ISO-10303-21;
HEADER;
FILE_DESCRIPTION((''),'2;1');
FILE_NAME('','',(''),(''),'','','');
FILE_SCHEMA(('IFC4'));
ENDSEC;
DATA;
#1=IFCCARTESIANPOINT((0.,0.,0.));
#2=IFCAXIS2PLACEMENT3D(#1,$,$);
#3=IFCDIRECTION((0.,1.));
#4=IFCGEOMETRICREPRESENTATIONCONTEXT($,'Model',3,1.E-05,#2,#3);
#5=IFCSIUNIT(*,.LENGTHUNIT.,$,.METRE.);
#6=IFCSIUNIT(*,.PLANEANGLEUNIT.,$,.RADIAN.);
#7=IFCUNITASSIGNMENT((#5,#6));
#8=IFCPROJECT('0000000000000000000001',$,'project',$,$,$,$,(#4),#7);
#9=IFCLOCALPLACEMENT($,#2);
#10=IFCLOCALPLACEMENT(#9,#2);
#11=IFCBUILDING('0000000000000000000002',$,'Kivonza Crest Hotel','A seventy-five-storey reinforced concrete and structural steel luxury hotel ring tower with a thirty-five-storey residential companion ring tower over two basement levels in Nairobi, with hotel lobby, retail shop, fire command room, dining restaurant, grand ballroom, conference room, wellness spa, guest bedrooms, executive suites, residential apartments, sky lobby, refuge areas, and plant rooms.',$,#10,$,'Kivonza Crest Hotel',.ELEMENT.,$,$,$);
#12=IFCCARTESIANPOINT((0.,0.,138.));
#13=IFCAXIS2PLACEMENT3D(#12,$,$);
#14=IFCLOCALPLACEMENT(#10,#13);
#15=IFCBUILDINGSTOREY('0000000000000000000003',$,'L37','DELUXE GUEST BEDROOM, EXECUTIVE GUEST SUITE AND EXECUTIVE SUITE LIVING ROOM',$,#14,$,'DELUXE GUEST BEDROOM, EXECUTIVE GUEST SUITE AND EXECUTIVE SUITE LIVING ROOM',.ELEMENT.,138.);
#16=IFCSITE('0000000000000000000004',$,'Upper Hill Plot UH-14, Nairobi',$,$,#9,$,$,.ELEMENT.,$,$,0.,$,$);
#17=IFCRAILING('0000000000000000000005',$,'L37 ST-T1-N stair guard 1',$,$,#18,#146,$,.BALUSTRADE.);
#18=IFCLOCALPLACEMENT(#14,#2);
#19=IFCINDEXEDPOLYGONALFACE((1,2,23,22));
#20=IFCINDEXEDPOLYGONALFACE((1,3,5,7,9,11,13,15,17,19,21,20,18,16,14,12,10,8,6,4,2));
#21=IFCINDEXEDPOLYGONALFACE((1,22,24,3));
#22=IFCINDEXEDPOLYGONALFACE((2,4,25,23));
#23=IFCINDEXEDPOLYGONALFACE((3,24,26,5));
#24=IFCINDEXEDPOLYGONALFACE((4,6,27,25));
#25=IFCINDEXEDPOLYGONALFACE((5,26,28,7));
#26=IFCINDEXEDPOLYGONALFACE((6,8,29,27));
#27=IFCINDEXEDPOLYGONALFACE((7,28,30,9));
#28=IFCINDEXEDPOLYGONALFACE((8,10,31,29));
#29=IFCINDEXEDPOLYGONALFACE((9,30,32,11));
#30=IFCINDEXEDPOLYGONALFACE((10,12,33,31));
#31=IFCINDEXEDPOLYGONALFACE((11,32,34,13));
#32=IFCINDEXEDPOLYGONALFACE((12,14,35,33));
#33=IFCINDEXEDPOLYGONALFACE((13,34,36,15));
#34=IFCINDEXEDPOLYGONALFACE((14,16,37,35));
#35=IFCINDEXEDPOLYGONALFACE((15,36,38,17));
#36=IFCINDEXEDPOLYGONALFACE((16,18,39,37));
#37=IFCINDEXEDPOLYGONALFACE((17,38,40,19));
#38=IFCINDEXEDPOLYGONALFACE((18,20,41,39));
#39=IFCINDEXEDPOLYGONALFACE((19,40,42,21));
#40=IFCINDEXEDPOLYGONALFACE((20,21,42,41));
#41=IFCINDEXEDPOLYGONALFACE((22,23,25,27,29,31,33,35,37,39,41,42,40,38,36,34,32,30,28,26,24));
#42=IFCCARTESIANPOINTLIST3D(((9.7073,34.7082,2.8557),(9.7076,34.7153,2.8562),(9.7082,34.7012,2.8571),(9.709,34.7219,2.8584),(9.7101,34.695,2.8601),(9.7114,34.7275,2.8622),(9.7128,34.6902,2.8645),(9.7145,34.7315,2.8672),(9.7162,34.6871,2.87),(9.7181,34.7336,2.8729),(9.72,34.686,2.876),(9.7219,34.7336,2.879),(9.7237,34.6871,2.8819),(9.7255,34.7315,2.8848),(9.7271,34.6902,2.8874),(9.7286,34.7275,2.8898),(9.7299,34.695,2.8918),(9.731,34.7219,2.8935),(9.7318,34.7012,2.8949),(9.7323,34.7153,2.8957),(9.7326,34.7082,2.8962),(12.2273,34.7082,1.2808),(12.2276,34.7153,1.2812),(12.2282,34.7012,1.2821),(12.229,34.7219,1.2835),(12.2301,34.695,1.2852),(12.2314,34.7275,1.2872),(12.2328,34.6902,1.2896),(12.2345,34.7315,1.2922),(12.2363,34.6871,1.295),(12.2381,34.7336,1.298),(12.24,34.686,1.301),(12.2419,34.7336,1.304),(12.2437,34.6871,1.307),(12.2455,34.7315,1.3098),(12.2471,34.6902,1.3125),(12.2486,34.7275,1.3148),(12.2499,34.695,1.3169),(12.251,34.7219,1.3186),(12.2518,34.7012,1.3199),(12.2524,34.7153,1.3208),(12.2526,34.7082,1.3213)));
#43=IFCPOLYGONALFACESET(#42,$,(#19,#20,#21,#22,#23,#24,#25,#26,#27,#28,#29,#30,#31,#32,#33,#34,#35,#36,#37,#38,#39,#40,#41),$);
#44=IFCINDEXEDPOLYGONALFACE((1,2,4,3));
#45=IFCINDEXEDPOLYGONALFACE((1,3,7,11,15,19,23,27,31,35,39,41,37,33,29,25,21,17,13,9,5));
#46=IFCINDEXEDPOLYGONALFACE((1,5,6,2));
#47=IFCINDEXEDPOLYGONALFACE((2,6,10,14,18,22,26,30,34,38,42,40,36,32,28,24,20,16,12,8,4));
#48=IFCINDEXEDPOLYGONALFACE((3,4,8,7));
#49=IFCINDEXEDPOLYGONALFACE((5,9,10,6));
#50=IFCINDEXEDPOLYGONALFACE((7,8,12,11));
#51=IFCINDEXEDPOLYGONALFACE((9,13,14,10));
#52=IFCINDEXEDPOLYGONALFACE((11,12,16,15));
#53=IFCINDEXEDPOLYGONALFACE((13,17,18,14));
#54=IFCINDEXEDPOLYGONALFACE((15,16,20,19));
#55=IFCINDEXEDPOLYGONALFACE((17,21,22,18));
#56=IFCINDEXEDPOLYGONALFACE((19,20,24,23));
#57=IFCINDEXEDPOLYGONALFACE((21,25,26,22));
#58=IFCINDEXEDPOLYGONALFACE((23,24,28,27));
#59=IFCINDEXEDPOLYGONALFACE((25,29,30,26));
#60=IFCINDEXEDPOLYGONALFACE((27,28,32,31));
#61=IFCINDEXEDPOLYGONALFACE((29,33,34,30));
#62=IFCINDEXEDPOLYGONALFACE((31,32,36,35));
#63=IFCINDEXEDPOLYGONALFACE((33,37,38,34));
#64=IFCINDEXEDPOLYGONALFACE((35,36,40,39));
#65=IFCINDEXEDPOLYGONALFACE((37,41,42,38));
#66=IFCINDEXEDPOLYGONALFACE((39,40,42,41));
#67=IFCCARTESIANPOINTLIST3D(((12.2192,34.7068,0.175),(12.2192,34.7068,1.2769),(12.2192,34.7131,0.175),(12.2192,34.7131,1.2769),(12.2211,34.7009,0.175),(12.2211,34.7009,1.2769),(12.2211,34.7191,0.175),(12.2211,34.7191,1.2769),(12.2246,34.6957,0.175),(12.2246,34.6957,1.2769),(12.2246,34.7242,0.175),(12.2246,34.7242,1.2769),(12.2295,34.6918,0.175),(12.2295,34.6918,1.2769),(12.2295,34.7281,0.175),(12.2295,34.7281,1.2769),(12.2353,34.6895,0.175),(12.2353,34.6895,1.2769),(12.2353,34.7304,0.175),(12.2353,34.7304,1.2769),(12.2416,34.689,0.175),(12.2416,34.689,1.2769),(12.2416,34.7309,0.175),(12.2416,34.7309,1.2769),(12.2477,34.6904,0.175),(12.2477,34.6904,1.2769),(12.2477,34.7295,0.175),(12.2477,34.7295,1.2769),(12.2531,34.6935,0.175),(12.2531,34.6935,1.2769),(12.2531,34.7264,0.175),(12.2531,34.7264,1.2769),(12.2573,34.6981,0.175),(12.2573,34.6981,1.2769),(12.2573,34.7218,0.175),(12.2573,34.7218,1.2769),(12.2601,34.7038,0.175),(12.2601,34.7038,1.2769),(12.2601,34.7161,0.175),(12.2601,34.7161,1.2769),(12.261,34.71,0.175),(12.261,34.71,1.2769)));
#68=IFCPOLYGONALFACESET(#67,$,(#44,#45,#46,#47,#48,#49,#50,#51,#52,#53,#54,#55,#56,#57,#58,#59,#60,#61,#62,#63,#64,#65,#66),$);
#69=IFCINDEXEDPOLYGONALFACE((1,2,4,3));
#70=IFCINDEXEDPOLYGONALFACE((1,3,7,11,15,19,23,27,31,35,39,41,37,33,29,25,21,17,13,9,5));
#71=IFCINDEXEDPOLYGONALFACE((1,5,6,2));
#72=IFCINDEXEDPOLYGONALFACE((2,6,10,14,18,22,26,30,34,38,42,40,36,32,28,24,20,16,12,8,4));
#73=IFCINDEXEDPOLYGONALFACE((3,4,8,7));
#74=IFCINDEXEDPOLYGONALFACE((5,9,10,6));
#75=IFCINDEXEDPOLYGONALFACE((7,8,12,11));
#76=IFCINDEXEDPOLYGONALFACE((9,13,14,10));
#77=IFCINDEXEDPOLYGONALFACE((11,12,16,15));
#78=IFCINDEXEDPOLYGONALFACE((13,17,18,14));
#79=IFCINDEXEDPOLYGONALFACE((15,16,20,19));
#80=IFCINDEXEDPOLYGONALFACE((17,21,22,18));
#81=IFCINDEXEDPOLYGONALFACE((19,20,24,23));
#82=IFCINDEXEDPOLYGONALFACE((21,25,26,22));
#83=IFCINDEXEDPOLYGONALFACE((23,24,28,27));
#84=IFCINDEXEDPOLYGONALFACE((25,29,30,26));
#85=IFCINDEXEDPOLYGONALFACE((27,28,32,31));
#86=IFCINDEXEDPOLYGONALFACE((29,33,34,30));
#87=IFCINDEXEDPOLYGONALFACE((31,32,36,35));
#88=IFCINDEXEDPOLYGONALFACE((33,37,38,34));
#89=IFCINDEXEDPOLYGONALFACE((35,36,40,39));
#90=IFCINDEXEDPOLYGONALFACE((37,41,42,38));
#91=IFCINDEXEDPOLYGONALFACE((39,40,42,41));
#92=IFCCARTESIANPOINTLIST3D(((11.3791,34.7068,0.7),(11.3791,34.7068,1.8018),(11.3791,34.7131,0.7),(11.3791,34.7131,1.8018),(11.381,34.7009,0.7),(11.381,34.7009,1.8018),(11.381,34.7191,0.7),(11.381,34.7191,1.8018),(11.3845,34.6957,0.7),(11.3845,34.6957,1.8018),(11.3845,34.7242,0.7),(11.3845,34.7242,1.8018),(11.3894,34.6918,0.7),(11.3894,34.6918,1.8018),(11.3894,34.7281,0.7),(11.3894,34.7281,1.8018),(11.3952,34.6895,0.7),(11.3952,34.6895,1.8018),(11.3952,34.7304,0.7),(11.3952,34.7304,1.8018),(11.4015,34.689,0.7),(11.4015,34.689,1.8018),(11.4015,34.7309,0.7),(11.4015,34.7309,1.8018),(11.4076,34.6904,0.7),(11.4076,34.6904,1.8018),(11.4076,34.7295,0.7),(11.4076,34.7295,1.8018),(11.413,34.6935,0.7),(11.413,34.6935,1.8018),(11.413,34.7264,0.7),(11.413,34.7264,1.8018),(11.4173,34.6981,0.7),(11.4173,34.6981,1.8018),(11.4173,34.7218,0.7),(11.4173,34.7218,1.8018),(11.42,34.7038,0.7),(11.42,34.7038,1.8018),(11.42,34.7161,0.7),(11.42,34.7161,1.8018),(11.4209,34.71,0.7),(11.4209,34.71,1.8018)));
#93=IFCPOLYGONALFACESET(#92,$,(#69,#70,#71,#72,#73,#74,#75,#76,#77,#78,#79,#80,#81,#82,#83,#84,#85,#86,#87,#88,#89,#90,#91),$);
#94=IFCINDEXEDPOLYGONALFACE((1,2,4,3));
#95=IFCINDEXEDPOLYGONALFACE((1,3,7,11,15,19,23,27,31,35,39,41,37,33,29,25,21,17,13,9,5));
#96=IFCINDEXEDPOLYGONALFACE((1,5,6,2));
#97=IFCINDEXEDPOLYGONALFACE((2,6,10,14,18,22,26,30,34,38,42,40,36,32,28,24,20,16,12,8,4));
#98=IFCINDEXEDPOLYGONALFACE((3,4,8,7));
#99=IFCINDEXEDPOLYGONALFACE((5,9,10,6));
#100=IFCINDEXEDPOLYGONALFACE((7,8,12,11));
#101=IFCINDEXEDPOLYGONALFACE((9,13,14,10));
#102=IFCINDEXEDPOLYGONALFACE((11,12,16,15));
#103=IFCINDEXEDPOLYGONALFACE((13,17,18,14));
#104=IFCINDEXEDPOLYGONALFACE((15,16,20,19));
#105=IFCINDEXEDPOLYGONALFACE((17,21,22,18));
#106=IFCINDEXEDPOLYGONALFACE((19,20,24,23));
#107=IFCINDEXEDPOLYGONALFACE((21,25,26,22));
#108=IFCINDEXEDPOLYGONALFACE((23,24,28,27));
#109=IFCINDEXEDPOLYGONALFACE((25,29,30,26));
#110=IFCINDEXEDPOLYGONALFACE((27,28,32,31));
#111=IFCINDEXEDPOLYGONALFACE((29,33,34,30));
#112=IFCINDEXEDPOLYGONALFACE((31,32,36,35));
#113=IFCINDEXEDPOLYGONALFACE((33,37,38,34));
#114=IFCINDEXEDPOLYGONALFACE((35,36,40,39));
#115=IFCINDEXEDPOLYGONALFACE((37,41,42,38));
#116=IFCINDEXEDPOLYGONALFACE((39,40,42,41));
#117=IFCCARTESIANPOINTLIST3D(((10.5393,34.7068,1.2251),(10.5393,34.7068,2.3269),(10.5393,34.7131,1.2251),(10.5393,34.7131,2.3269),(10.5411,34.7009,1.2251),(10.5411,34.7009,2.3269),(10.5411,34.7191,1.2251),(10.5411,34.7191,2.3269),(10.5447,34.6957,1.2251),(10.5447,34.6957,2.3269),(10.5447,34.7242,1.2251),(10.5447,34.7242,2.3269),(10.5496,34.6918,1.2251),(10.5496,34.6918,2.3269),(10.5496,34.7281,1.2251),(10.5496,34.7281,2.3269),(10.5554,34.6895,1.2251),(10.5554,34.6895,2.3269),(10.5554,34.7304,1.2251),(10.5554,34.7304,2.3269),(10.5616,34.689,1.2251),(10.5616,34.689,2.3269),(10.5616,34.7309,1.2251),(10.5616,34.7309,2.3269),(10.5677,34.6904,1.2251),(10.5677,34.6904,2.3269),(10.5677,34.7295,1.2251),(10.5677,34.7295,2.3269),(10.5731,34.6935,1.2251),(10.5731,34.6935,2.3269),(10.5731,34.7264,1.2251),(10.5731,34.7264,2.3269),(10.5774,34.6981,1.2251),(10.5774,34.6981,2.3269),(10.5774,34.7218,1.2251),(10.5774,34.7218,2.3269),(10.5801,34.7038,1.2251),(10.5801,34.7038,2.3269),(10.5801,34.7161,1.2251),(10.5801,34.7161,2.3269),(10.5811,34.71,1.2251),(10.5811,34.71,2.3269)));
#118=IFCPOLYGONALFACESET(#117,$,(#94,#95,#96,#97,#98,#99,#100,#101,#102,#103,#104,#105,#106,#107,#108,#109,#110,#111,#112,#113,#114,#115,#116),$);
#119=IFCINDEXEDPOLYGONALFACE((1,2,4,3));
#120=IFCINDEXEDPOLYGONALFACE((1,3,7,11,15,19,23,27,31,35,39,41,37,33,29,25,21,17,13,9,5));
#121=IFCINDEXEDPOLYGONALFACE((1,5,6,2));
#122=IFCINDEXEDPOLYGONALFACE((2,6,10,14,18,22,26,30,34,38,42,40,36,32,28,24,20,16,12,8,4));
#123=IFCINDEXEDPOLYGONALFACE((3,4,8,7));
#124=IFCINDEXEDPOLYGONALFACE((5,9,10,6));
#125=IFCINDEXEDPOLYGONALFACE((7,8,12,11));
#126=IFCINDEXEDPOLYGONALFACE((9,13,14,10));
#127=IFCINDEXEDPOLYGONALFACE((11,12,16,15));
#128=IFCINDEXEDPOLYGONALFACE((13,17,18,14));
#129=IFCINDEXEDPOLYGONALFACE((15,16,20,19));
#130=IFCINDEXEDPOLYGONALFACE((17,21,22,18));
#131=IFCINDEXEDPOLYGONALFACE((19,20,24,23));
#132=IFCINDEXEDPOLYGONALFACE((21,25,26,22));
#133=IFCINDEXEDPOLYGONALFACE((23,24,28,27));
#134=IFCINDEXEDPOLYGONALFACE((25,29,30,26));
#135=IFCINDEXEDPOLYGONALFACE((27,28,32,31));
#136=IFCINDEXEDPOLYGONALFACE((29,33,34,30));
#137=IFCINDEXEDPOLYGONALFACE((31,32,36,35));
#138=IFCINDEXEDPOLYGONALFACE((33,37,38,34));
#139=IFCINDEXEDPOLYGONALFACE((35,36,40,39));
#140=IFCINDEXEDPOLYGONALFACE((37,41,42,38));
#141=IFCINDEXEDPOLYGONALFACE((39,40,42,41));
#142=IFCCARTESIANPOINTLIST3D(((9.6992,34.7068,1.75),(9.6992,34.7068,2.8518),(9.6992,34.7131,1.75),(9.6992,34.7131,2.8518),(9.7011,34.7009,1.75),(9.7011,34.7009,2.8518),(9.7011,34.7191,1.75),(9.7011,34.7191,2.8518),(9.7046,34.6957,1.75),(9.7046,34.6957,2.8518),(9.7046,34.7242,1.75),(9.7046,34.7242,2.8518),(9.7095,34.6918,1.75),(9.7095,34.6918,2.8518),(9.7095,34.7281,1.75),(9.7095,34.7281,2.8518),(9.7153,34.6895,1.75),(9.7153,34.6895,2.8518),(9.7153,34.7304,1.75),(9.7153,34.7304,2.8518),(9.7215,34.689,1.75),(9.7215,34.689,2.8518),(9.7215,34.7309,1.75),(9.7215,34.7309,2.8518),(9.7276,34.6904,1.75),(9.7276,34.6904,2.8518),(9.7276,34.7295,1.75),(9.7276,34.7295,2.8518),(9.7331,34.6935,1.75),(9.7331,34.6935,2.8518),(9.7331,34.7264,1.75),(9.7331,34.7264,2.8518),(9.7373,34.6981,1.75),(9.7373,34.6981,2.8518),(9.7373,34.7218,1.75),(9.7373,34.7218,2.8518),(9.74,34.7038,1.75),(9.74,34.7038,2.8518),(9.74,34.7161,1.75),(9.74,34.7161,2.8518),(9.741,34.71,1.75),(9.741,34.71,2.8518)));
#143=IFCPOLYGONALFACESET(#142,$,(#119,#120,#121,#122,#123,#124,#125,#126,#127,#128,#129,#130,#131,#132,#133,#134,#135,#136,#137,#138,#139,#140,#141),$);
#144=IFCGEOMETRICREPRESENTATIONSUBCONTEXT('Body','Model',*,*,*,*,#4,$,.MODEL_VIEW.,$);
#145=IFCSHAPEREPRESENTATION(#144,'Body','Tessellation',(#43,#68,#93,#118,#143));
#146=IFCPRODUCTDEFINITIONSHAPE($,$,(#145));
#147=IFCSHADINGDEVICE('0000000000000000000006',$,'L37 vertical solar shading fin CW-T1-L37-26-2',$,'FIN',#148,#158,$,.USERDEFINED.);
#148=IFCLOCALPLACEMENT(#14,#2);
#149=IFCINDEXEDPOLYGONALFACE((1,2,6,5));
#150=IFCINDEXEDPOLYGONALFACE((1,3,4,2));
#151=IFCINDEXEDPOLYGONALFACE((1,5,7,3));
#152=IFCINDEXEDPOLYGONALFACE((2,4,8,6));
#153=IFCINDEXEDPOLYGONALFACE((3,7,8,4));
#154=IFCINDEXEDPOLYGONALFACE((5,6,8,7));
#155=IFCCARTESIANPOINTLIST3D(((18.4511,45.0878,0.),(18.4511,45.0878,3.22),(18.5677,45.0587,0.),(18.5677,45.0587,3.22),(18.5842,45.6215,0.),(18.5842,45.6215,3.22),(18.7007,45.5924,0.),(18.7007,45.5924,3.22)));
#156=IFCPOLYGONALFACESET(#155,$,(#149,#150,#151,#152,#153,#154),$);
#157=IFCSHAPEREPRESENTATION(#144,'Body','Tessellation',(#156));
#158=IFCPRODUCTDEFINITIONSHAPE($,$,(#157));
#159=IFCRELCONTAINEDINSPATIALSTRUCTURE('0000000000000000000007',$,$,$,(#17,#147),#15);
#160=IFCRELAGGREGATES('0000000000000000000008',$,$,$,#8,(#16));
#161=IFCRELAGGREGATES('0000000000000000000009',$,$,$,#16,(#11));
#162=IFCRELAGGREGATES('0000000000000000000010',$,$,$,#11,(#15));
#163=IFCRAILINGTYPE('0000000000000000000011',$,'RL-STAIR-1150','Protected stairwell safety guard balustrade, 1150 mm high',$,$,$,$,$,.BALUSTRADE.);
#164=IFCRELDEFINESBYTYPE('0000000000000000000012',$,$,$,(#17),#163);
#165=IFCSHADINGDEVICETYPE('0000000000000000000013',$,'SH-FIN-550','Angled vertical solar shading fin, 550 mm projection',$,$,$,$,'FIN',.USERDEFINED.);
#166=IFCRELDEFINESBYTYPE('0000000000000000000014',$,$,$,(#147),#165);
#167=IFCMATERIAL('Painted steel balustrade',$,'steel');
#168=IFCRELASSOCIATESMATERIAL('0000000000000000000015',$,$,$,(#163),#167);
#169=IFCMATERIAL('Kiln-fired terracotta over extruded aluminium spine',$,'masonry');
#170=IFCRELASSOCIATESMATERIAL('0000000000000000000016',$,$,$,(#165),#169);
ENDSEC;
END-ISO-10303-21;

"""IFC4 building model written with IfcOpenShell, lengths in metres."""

from ifc_helpers import new_model, si_unit, direction, frame, origin, origin_2d, place, context, subcontext, project, spatial, rectangle, circle, extrude, material, type_object, element, save


model = new_model("IFC4")

# Units and contexts
model_context = context("Model", 3, precision=1e-05, world=origin(), true_north=direction((0.0, 1.0)))
body_context = subcontext(model_context, "Body", "Model", "MODEL_VIEW")
ifc_project = project(units=[si_unit("LENGTHUNIT", "METRE"), si_unit("PLANEANGLEUNIT", "RADIAN")], contexts=[model_context])

# Site, building, storey
site_placement = place(None, origin())
site = spatial("IfcSite", under=ifc_project, at=site_placement, Name="Upper Hill Plot UH-14, Nairobi", CompositionType="ELEMENT", RefElevation=0.0)
building_placement = place(site_placement, origin())
building = spatial("IfcBuilding", under=site, at=building_placement, Name="Kivonza Crest Hotel", Description="A seventy-five-storey reinforced concrete and structural steel luxury hotel ring tower with a thirty-five-storey residential companion ring tower over two basement levels in Nairobi, with hotel lobby, retail shop, fire command room, dining restaurant, grand ballroom, conference room, wellness spa, guest bedrooms, executive suites, residential apartments, sky lobby, refuge areas, and plant rooms.", LongName="Kivonza Crest Hotel", CompositionType="ELEMENT")
storey_placement = place(building_placement, frame((0.0, 0.0, 138.0)))
storey = spatial("IfcBuildingStorey", under=building, at=storey_placement, Name="L37", Description="DELUXE GUEST BEDROOM, EXECUTIVE GUEST SUITE AND EXECUTIVE SUITE LIVING ROOM", LongName="DELUXE GUEST BEDROOM, EXECUTIVE GUEST SUITE AND EXECUTIVE SUITE LIVING ROOM", CompositionType="ELEMENT", Elevation=138.0)

# Railing
ifc_material_1 = material(Name="Painted steel balustrade", Category="steel")
railing_type_1 = type_object("IfcRailingType", Name="RL-STAIR-1150", Description="Protected stairwell safety guard balustrade, 1150 mm high", PredefinedType="BALUSTRADE", material=ifc_material_1)
railing_1_placement = place(storey_placement, frame((12.24, 34.71, 0.175)))
element("IfcRailing", 1, at=railing_1_placement, inside=storey, type_object=railing_type_1, Name="L37 ST-T1-N stair guard 1", PredefinedType="BALUSTRADE", context=body_context, shape_type="SweptSolid", body=[
    extrude(circle(Radius=0.0239, at=origin_2d()), frame((0.0, 0.0, 1.126), z_axis=(-0.848008, 0.0, 0.529984), x_axis=(0.0, -1.0, 0.0)), (0.0, 0.0, 1.0), 2.9717),
    extrude(circle(Radius=0.021, at=origin_2d()), origin(), (0.0, 0.0, 1.0), 1.1018),
    extrude(circle(Radius=0.021, at=origin_2d()), frame((-0.8401, 0.0, 0.5249)), (0.0, 0.0, 1.0), 1.1018),
    extrude(circle(Radius=0.021, at=origin_2d()), frame((-1.6799, 0.0, 1.05)), (0.0, 0.0, 1.0), 1.1018),
    extrude(circle(Radius=0.021, at=origin_2d()), frame((-2.52, 0.0, 1.575)), (0.0, 0.0, 1.0), 1.1018),
])

# Shading device
ifc_material_2 = material(Name="Kiln-fired terracotta over extruded aluminium spine", Category="masonry")
shading_device_type = type_object("IfcShadingDeviceType", Name="SH-FIN-550", Description="Angled vertical solar shading fin, 550 mm projection", ElementType="FIN", PredefinedType="USERDEFINED", material=ifc_material_2)
shading_device_placement = place(storey_placement, frame((18.5759, 45.3401, 0.0), z_axis=(0.0, 0.0, 1.0), x_axis=(-0.970296, 0.241922, 0.0)))
element("IfcShadingDevice", 2, at=shading_device_placement, inside=storey, type_object=shading_device_type, Name="L37 vertical solar shading fin CW-T1-L37-26-2", ObjectType="FIN", PredefinedType="USERDEFINED", context=body_context, shape_type="SweptSolid", body=[
    extrude(rectangle(XDim=0.1201, YDim=0.55, at=origin_2d()), origin(), (0.0, 0.0, 1.0), 3.22),
])

save(model, "model.ifc")
